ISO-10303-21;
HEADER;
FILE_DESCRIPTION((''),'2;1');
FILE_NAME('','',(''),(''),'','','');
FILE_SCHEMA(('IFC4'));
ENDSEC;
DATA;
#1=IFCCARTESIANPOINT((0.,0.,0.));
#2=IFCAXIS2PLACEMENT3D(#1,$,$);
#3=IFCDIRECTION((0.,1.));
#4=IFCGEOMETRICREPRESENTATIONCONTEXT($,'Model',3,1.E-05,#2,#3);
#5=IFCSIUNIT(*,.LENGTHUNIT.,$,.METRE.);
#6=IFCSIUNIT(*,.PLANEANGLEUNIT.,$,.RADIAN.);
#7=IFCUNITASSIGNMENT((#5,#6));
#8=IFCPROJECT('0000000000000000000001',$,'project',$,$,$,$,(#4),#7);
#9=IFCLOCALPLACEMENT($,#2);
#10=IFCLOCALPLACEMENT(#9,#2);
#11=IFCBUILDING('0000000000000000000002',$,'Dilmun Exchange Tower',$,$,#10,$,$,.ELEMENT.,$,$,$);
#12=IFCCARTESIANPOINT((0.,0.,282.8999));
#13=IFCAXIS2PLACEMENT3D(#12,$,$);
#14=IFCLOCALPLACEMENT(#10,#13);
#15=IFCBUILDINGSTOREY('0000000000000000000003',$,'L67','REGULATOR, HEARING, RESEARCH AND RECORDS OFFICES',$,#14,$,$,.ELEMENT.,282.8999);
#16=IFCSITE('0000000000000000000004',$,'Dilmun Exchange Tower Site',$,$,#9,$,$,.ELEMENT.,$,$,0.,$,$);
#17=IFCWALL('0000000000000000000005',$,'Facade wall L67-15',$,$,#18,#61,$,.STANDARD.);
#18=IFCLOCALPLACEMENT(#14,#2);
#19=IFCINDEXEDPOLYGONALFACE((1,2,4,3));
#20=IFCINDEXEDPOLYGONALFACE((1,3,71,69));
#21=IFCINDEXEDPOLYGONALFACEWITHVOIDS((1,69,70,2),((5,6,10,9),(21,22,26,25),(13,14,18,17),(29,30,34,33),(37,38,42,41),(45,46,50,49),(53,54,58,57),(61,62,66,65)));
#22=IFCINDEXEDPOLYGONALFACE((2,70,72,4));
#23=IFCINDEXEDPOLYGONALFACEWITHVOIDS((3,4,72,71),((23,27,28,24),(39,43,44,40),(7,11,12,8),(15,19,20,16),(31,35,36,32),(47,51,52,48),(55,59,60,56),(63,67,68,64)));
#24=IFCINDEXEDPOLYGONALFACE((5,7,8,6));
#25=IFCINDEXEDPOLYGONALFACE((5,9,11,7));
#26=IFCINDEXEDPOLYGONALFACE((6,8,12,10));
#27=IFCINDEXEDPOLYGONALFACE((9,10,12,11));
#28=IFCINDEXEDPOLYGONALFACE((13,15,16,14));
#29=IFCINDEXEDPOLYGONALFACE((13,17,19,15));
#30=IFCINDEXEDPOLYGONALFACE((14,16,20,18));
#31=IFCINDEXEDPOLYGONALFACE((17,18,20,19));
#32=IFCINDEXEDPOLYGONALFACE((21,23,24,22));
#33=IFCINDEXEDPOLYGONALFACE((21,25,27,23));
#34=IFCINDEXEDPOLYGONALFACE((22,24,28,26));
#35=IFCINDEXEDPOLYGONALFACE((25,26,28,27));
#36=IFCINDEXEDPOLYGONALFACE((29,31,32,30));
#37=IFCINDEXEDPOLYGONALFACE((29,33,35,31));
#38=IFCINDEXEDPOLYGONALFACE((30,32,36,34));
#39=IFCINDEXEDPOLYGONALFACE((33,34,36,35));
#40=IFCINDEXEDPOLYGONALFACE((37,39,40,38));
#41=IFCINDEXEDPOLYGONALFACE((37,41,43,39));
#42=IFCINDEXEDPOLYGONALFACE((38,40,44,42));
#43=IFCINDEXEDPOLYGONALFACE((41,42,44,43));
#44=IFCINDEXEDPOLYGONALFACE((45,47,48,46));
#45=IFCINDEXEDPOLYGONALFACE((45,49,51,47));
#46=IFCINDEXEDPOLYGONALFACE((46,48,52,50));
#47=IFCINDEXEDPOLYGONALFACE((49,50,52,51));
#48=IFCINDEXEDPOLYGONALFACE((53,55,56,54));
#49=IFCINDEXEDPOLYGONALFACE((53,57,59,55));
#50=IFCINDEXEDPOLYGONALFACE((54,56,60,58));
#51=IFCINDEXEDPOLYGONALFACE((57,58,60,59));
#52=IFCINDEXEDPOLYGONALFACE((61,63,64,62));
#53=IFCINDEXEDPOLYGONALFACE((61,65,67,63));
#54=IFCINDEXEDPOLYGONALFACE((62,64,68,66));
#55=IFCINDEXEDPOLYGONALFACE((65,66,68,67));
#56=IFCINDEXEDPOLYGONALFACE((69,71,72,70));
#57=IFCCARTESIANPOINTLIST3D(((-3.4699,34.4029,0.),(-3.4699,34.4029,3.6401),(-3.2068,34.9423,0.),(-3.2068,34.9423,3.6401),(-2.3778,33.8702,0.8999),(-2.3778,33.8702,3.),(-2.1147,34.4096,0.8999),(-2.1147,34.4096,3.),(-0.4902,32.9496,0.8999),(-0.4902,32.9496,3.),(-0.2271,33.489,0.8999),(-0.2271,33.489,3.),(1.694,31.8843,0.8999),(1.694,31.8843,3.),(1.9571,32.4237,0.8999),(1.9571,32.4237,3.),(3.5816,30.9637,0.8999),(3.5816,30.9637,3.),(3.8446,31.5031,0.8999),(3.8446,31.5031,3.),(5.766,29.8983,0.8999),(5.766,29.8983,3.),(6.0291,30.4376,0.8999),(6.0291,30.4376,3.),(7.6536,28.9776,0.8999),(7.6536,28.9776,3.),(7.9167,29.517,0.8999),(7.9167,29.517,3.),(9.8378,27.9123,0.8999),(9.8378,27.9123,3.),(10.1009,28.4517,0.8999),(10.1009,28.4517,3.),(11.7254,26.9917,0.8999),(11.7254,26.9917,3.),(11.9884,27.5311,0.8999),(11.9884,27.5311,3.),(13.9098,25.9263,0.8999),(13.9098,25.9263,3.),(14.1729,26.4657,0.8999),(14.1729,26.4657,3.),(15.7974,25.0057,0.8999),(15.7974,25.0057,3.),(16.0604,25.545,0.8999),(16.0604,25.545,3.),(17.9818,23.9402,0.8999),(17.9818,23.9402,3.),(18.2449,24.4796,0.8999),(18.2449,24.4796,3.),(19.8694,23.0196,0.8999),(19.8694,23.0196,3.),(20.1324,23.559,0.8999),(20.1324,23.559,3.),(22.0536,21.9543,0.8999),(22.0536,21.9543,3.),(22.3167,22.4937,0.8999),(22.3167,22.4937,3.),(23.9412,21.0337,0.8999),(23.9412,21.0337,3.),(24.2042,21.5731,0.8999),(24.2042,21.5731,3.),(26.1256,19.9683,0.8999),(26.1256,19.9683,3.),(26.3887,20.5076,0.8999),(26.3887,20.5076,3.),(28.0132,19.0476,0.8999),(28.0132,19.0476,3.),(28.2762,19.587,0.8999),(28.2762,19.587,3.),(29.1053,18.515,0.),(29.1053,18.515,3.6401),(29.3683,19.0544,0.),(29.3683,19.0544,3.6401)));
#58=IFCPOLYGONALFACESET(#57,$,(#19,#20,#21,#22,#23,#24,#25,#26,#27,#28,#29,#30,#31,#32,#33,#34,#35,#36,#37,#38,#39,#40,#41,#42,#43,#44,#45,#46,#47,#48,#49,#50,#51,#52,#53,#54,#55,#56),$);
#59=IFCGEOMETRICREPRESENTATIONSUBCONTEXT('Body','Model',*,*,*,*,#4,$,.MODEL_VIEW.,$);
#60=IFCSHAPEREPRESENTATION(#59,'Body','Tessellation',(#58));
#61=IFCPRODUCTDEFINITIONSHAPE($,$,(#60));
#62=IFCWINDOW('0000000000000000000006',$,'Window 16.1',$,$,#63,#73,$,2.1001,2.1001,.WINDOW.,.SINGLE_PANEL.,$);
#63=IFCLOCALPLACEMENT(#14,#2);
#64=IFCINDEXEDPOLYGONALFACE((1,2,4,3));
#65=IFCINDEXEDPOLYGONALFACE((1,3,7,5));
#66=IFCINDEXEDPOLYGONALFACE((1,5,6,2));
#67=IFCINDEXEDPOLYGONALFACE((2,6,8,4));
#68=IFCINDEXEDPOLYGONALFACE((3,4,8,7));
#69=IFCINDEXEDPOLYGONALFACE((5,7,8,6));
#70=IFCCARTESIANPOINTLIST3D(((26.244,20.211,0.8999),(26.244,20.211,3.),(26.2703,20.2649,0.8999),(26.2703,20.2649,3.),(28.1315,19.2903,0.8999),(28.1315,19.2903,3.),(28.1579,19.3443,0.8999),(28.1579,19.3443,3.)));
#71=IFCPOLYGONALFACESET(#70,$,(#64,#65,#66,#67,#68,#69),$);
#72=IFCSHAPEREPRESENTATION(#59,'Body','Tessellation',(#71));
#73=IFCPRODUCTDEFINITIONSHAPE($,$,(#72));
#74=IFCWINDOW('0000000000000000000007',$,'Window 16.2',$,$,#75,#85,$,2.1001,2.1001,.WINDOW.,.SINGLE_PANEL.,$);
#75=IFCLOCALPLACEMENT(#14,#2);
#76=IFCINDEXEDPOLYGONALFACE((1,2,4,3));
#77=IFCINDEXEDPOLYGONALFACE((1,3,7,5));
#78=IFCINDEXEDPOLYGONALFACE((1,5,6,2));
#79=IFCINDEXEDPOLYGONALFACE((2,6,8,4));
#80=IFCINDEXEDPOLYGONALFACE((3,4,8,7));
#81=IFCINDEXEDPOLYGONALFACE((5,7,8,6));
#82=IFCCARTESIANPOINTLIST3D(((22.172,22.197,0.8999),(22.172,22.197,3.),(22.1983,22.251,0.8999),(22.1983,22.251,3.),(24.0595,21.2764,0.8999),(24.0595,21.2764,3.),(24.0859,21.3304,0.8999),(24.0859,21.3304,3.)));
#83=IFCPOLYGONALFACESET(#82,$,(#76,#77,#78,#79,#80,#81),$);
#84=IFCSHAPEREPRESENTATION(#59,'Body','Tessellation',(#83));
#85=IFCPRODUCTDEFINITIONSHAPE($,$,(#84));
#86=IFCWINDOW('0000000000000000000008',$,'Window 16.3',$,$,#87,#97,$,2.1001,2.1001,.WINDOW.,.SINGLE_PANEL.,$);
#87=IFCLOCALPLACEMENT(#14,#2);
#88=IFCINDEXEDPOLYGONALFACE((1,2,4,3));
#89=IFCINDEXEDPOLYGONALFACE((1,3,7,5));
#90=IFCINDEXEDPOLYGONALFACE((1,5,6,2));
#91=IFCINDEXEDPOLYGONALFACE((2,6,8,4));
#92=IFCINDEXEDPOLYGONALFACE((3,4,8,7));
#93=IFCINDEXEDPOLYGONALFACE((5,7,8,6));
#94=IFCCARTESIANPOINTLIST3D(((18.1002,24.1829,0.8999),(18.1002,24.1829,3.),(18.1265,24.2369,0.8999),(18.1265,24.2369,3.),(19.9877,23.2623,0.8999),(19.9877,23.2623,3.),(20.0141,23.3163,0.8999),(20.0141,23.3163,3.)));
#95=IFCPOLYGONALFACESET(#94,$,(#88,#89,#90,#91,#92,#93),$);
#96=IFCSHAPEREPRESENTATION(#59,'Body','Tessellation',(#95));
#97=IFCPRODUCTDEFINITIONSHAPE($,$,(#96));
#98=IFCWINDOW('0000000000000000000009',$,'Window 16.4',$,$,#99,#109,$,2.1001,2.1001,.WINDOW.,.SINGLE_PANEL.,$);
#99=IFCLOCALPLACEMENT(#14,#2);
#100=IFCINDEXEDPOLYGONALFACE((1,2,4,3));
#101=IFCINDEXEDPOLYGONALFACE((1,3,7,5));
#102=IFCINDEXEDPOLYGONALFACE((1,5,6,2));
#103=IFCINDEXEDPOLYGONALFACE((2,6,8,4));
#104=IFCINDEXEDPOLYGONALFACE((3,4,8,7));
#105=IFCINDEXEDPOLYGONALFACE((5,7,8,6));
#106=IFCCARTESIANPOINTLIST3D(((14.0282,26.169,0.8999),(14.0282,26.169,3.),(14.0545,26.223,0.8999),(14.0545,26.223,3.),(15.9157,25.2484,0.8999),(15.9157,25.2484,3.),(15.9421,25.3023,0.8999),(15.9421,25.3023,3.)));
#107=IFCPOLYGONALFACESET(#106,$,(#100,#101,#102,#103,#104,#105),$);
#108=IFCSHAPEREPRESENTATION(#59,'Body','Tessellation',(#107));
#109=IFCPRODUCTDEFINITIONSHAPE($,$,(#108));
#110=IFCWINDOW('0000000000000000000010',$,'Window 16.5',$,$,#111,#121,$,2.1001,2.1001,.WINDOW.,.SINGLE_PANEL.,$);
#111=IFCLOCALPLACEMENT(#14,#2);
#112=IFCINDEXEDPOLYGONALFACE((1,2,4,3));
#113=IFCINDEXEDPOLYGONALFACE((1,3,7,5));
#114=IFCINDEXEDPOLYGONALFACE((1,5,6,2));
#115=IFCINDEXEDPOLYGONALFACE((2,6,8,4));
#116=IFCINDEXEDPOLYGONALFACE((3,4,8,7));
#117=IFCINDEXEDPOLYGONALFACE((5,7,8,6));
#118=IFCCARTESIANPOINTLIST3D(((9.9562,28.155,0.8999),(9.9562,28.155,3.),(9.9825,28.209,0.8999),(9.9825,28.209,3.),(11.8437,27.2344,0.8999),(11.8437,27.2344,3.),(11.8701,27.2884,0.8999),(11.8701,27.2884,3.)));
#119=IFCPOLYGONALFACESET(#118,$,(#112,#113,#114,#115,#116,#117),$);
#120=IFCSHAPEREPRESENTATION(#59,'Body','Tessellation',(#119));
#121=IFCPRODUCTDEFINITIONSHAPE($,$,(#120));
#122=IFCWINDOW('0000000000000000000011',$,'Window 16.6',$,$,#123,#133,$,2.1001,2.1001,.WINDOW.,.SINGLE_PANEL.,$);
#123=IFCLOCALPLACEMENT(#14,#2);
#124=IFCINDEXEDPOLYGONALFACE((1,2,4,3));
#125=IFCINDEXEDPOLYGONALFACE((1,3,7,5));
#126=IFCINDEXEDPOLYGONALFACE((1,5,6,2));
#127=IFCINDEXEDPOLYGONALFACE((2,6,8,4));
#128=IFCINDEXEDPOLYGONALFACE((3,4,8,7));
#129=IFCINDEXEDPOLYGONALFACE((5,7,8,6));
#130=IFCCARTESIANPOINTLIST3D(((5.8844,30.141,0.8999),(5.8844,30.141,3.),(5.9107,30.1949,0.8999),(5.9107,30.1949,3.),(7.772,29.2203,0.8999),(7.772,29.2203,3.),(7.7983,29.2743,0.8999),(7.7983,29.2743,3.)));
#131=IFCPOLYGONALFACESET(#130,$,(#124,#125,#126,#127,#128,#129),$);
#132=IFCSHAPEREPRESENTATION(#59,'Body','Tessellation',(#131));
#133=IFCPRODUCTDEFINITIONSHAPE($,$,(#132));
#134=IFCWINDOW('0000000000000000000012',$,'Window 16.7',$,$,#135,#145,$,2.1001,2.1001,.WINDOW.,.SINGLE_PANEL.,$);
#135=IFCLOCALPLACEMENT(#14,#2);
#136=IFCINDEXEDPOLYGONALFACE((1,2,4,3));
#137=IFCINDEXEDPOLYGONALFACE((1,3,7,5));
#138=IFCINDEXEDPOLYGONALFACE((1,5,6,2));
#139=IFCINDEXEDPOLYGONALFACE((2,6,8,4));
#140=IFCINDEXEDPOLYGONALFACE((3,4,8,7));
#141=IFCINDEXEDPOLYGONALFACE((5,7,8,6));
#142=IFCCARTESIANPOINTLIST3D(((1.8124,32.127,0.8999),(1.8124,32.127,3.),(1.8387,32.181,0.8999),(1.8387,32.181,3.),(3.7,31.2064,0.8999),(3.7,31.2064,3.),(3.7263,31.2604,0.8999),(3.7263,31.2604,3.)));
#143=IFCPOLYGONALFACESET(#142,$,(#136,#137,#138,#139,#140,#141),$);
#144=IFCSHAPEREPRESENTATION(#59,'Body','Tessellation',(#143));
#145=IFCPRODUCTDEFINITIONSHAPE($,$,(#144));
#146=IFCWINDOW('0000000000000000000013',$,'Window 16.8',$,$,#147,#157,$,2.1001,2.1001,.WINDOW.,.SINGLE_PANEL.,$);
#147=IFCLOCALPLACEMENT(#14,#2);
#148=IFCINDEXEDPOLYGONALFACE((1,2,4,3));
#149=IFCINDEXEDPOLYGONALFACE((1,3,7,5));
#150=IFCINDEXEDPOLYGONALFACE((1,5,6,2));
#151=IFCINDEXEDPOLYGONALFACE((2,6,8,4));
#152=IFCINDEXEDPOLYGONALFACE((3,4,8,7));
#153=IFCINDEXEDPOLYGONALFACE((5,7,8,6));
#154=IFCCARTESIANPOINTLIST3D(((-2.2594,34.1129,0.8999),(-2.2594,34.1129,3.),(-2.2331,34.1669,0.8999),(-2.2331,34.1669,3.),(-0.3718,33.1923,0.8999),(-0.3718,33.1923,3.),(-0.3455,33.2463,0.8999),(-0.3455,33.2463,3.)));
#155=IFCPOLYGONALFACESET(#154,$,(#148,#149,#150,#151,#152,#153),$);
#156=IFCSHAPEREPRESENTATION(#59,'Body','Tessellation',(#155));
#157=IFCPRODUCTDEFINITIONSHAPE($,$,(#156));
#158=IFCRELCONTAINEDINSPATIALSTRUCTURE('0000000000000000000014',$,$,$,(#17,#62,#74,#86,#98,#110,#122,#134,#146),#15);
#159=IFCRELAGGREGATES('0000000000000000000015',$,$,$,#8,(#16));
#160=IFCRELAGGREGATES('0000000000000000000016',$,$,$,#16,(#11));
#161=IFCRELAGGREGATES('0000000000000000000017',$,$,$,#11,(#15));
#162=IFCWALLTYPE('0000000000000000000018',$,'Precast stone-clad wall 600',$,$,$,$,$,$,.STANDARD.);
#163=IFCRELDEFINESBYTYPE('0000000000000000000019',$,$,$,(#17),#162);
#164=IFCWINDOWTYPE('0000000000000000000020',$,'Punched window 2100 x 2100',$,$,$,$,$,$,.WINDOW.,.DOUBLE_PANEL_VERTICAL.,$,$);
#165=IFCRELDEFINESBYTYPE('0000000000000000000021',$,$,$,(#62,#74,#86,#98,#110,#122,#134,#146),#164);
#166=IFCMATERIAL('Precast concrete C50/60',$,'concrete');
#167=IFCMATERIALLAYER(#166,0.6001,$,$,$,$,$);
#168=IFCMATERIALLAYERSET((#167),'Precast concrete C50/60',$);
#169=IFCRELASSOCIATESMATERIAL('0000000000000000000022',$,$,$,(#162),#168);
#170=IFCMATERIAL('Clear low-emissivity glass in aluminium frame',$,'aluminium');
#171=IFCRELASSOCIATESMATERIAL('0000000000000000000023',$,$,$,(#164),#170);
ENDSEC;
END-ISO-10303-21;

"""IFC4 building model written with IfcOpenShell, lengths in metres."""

from ifc_helpers import new_model, si_unit, direction, frame, frame_2d, origin, place, context, subcontext, project, spatial, rectangle, extrude, material, layer, layer_set, type_object, element, fill, save


model = new_model("IFC4")

# Units and contexts
model_context = context("Model", 3, precision=1e-05, world=origin(), true_north=direction((0.0, 1.0)))
body_context = subcontext(model_context, "Body", "Model", "MODEL_VIEW")
ifc_project = project(units=[si_unit("LENGTHUNIT", "METRE"), si_unit("PLANEANGLEUNIT", "RADIAN")], contexts=[model_context])

# Site, building, storey
site_placement = place(None, origin())
site = spatial("IfcSite", under=ifc_project, at=site_placement, Name="Dilmun Exchange Tower Site", CompositionType="ELEMENT", RefElevation=0.0)
building_placement = place(site_placement, origin())
building = spatial("IfcBuilding", under=site, at=building_placement, Name="Dilmun Exchange Tower", CompositionType="ELEMENT")
storey_placement = place(building_placement, frame((0.0, 0.0, 282.8999)))
storey = spatial("IfcBuildingStorey", under=building, at=storey_placement, Name="L67", Description="REGULATOR, HEARING, RESEARCH AND RECORDS OFFICES", CompositionType="ELEMENT", Elevation=282.8999)

# Shared definitions
ifc_material_1 = material(Name="Precast concrete C50/60", Category="concrete")
ifc_layer_1 = layer(ifc_material_1, 0.6001)
ifc_layer_set_1 = layer_set([ifc_layer_1], Name="Precast concrete C50/60")
wall_type_1 = type_object("IfcWallType", Name="Precast stone-clad wall 600", PredefinedType="STANDARD", material=ifc_layer_set_1)
ifc_material_2 = material(Name="Clear low-emissivity glass in aluminium frame", Category="aluminium")

# Wall, openings, windows
wall_1_placement = place(storey_placement, frame((29.2368, 18.7847, 0.0), z_axis=(0.0, 0.0, 1.0), x_axis=(-0.898795, 0.43837, 0.0)))
wall_1 = element("IfcWall", 1, at=wall_1_placement, inside=storey, type_object=wall_type_1, Name="Facade wall L67-15", PredefinedType="STANDARD", context=body_context, shape_type="SweptSolid", body=[
    extrude(rectangle(XDim=36.2432, YDim=0.6001, at=frame_2d((18.1216, 0.0))), origin(), (0.0, 0.0, 1.0), 3.6401),
])
opening_1_placement = place(wall_1_placement, frame((1.2151, 0.0, 0.8999)))
opening_1 = element("IfcOpeningElement", 2, at=opening_1_placement, cuts=wall_1, PredefinedType="OPENING", context=body_context, shape_type="SweptSolid", body=[
    extrude(rectangle(XDim=2.1001, YDim=2.1001, at=frame_2d((1.05, 1.05))), frame((0.0, 0.3101, 0.0), z_axis=(0.0, -1.0, 0.0), x_axis=(1.0, 0.0, 0.0)), (0.0, 0.0, 1.0), 0.6201),
])
opening_2_placement = place(wall_1_placement, frame((5.7456, 0.0, 0.8999)))
opening_2 = element("IfcOpeningElement", 3, at=opening_2_placement, cuts=wall_1, PredefinedType="OPENING", context=body_context, shape_type="SweptSolid", body=[
    extrude(rectangle(XDim=2.1001, YDim=2.1001, at=frame_2d((1.05, 1.05))), frame((0.0, 0.3101, 0.0), z_axis=(0.0, -1.0, 0.0), x_axis=(1.0, 0.0, 0.0)), (0.0, 0.0, 1.0), 0.6201),
])
opening_3_placement = place(wall_1_placement, frame((10.2759, 0.0, 0.8999)))
opening_3 = element("IfcOpeningElement", 4, at=opening_3_placement, cuts=wall_1, PredefinedType="OPENING", context=body_context, shape_type="SweptSolid", body=[
    extrude(rectangle(XDim=2.1001, YDim=2.1001, at=frame_2d((1.05, 1.05))), frame((0.0, 0.3101, 0.0), z_axis=(0.0, -1.0, 0.0), x_axis=(1.0, 0.0, 0.0)), (0.0, 0.0, 1.0), 0.6201),
])
opening_4_placement = place(wall_1_placement, frame((14.8064, 0.0, 0.8999)))
opening_4 = element("IfcOpeningElement", 5, at=opening_4_placement, cuts=wall_1, PredefinedType="OPENING", context=body_context, shape_type="SweptSolid", body=[
    extrude(rectangle(XDim=2.1001, YDim=2.1001, at=frame_2d((1.05, 1.05))), frame((0.0, 0.3101, 0.0), z_axis=(0.0, -1.0, 0.0), x_axis=(1.0, 0.0, 0.0)), (0.0, 0.0, 1.0), 0.6201),
])
opening_5_placement = place(wall_1_placement, frame((19.3369, 0.0, 0.8999)))
opening_5 = element("IfcOpeningElement", 6, at=opening_5_placement, cuts=wall_1, PredefinedType="OPENING", context=body_context, shape_type="SweptSolid", body=[
    extrude(rectangle(XDim=2.1001, YDim=2.1001, at=frame_2d((1.05, 1.05))), frame((0.0, 0.3101, 0.0), z_axis=(0.0, -1.0, 0.0), x_axis=(1.0, 0.0, 0.0)), (0.0, 0.0, 1.0), 0.6201),
])
opening_6_placement = place(wall_1_placement, frame((23.8672, 0.0, 0.8999)))
opening_6 = element("IfcOpeningElement", 7, at=opening_6_placement, cuts=wall_1, PredefinedType="OPENING", context=body_context, shape_type="SweptSolid", body=[
    extrude(rectangle(XDim=2.1001, YDim=2.1001, at=frame_2d((1.05, 1.05))), frame((0.0, 0.3101, 0.0), z_axis=(0.0, -1.0, 0.0), x_axis=(1.0, 0.0, 0.0)), (0.0, 0.0, 1.0), 0.6201),
])
opening_7_placement = place(wall_1_placement, frame((28.3977, 0.0, 0.8999)))
opening_7 = element("IfcOpeningElement", 8, at=opening_7_placement, cuts=wall_1, PredefinedType="OPENING", context=body_context, shape_type="SweptSolid", body=[
    extrude(rectangle(XDim=2.1001, YDim=2.1001, at=frame_2d((1.05, 1.05))), frame((0.0, 0.3101, 0.0), z_axis=(0.0, -1.0, 0.0), x_axis=(1.0, 0.0, 0.0)), (0.0, 0.0, 1.0), 0.6201),
])
opening_8_placement = place(wall_1_placement, frame((32.928, 0.0, 0.8999)))
opening_8 = element("IfcOpeningElement", 9, at=opening_8_placement, cuts=wall_1, PredefinedType="OPENING", context=body_context, shape_type="SweptSolid", body=[
    extrude(rectangle(XDim=2.1001, YDim=2.1001, at=frame_2d((1.05, 1.05))), frame((0.0, 0.3101, 0.0), z_axis=(0.0, -1.0, 0.0), x_axis=(1.0, 0.0, 0.0)), (0.0, 0.0, 1.0), 0.6201),
])
window_type_1 = type_object("IfcWindowType", Name="Punched window 2100 x 2100", PartitioningType="DOUBLE_PANEL_VERTICAL", PredefinedType="WINDOW", material=ifc_material_2)
window_1_placement = place(opening_1_placement, origin())
window_1 = element("IfcWindow", 10, at=window_1_placement, inside=storey, type_object=window_type_1, Name="Window 16.1", OverallHeight=2.1001, OverallWidth=2.1001, PartitioningType="SINGLE_PANEL", PredefinedType="WINDOW", context=body_context, shape_type="SweptSolid", body=[
    extrude(rectangle(XDim=2.1001, YDim=2.1001, at=frame_2d((1.05, 1.05))), frame((0.0, 0.03, 0.0), z_axis=(0.0, -1.0, 0.0), x_axis=(1.0, 0.0, 0.0)), (0.0, 0.0, 1.0), 0.0601),
])
fill(opening_1, window_1)
window_2_placement = place(opening_2_placement, origin())
window_2 = element("IfcWindow", 11, at=window_2_placement, inside=storey, type_object=window_type_1, Name="Window 16.2", OverallHeight=2.1001, OverallWidth=2.1001, PartitioningType="SINGLE_PANEL", PredefinedType="WINDOW", context=body_context, shape_type="SweptSolid", body=[
    extrude(rectangle(XDim=2.1001, YDim=2.1001, at=frame_2d((1.05, 1.05))), frame((0.0, 0.03, 0.0), z_axis=(0.0, -1.0, 0.0), x_axis=(1.0, 0.0, 0.0)), (0.0, 0.0, 1.0), 0.0601),
])
fill(opening_2, window_2)
window_3_placement = place(opening_3_placement, origin())
window_3 = element("IfcWindow", 12, at=window_3_placement, inside=storey, type_object=window_type_1, Name="Window 16.3", OverallHeight=2.1001, OverallWidth=2.1001, PartitioningType="SINGLE_PANEL", PredefinedType="WINDOW", context=body_context, shape_type="SweptSolid", body=[
    extrude(rectangle(XDim=2.1001, YDim=2.1001, at=frame_2d((1.05, 1.05))), frame((0.0, 0.03, 0.0), z_axis=(0.0, -1.0, 0.0), x_axis=(1.0, 0.0, 0.0)), (0.0, 0.0, 1.0), 0.0601),
])
fill(opening_3, window_3)
window_4_placement = place(opening_4_placement, origin())
window_4 = element("IfcWindow", 13, at=window_4_placement, inside=storey, type_object=window_type_1, Name="Window 16.4", OverallHeight=2.1001, OverallWidth=2.1001, PartitioningType="SINGLE_PANEL", PredefinedType="WINDOW", context=body_context, shape_type="SweptSolid", body=[
    extrude(rectangle(XDim=2.1001, YDim=2.1001, at=frame_2d((1.05, 1.05))), frame((0.0, 0.03, 0.0), z_axis=(0.0, -1.0, 0.0), x_axis=(1.0, 0.0, 0.0)), (0.0, 0.0, 1.0), 0.0601),
])
fill(opening_4, window_4)
window_5_placement = place(opening_5_placement, origin())
window_5 = element("IfcWindow", 14, at=window_5_placement, inside=storey, type_object=window_type_1, Name="Window 16.5", OverallHeight=2.1001, OverallWidth=2.1001, PartitioningType="SINGLE_PANEL", PredefinedType="WINDOW", context=body_context, shape_type="SweptSolid", body=[
    extrude(rectangle(XDim=2.1001, YDim=2.1001, at=frame_2d((1.05, 1.05))), frame((0.0, 0.03, 0.0), z_axis=(0.0, -1.0, 0.0), x_axis=(1.0, 0.0, 0.0)), (0.0, 0.0, 1.0), 0.0601),
])
fill(opening_5, window_5)
window_6_placement = place(opening_6_placement, origin())
window_6 = element("IfcWindow", 15, at=window_6_placement, inside=storey, type_object=window_type_1, Name="Window 16.6", OverallHeight=2.1001, OverallWidth=2.1001, PartitioningType="SINGLE_PANEL", PredefinedType="WINDOW", context=body_context, shape_type="SweptSolid", body=[
    extrude(rectangle(XDim=2.1001, YDim=2.1001, at=frame_2d((1.05, 1.05))), frame((0.0, 0.03, 0.0), z_axis=(0.0, -1.0, 0.0), x_axis=(1.0, 0.0, 0.0)), (0.0, 0.0, 1.0), 0.0601),
])
fill(opening_6, window_6)
window_7_placement = place(opening_7_placement, origin())
window_7 = element("IfcWindow", 16, at=window_7_placement, inside=storey, type_object=window_type_1, Name="Window 16.7", OverallHeight=2.1001, OverallWidth=2.1001, PartitioningType="SINGLE_PANEL", PredefinedType="WINDOW", context=body_context, shape_type="SweptSolid", body=[
    extrude(rectangle(XDim=2.1001, YDim=2.1001, at=frame_2d((1.05, 1.05))), frame((0.0, 0.03, 0.0), z_axis=(0.0, -1.0, 0.0), x_axis=(1.0, 0.0, 0.0)), (0.0, 0.0, 1.0), 0.0601),
])
fill(opening_7, window_7)
window_8_placement = place(opening_8_placement, origin())
window_8 = element("IfcWindow", 17, at=window_8_placement, inside=storey, type_object=window_type_1, Name="Window 16.8", OverallHeight=2.1001, OverallWidth=2.1001, PartitioningType="SINGLE_PANEL", PredefinedType="WINDOW", context=body_context, shape_type="SweptSolid", body=[
    extrude(rectangle(XDim=2.1001, YDim=2.1001, at=frame_2d((1.05, 1.05))), frame((0.0, 0.03, 0.0), z_axis=(0.0, -1.0, 0.0), x_axis=(1.0, 0.0, 0.0)), (0.0, 0.0, 1.0), 0.0601),
])
fill(opening_8, window_8)

save(model, "model.ifc")
